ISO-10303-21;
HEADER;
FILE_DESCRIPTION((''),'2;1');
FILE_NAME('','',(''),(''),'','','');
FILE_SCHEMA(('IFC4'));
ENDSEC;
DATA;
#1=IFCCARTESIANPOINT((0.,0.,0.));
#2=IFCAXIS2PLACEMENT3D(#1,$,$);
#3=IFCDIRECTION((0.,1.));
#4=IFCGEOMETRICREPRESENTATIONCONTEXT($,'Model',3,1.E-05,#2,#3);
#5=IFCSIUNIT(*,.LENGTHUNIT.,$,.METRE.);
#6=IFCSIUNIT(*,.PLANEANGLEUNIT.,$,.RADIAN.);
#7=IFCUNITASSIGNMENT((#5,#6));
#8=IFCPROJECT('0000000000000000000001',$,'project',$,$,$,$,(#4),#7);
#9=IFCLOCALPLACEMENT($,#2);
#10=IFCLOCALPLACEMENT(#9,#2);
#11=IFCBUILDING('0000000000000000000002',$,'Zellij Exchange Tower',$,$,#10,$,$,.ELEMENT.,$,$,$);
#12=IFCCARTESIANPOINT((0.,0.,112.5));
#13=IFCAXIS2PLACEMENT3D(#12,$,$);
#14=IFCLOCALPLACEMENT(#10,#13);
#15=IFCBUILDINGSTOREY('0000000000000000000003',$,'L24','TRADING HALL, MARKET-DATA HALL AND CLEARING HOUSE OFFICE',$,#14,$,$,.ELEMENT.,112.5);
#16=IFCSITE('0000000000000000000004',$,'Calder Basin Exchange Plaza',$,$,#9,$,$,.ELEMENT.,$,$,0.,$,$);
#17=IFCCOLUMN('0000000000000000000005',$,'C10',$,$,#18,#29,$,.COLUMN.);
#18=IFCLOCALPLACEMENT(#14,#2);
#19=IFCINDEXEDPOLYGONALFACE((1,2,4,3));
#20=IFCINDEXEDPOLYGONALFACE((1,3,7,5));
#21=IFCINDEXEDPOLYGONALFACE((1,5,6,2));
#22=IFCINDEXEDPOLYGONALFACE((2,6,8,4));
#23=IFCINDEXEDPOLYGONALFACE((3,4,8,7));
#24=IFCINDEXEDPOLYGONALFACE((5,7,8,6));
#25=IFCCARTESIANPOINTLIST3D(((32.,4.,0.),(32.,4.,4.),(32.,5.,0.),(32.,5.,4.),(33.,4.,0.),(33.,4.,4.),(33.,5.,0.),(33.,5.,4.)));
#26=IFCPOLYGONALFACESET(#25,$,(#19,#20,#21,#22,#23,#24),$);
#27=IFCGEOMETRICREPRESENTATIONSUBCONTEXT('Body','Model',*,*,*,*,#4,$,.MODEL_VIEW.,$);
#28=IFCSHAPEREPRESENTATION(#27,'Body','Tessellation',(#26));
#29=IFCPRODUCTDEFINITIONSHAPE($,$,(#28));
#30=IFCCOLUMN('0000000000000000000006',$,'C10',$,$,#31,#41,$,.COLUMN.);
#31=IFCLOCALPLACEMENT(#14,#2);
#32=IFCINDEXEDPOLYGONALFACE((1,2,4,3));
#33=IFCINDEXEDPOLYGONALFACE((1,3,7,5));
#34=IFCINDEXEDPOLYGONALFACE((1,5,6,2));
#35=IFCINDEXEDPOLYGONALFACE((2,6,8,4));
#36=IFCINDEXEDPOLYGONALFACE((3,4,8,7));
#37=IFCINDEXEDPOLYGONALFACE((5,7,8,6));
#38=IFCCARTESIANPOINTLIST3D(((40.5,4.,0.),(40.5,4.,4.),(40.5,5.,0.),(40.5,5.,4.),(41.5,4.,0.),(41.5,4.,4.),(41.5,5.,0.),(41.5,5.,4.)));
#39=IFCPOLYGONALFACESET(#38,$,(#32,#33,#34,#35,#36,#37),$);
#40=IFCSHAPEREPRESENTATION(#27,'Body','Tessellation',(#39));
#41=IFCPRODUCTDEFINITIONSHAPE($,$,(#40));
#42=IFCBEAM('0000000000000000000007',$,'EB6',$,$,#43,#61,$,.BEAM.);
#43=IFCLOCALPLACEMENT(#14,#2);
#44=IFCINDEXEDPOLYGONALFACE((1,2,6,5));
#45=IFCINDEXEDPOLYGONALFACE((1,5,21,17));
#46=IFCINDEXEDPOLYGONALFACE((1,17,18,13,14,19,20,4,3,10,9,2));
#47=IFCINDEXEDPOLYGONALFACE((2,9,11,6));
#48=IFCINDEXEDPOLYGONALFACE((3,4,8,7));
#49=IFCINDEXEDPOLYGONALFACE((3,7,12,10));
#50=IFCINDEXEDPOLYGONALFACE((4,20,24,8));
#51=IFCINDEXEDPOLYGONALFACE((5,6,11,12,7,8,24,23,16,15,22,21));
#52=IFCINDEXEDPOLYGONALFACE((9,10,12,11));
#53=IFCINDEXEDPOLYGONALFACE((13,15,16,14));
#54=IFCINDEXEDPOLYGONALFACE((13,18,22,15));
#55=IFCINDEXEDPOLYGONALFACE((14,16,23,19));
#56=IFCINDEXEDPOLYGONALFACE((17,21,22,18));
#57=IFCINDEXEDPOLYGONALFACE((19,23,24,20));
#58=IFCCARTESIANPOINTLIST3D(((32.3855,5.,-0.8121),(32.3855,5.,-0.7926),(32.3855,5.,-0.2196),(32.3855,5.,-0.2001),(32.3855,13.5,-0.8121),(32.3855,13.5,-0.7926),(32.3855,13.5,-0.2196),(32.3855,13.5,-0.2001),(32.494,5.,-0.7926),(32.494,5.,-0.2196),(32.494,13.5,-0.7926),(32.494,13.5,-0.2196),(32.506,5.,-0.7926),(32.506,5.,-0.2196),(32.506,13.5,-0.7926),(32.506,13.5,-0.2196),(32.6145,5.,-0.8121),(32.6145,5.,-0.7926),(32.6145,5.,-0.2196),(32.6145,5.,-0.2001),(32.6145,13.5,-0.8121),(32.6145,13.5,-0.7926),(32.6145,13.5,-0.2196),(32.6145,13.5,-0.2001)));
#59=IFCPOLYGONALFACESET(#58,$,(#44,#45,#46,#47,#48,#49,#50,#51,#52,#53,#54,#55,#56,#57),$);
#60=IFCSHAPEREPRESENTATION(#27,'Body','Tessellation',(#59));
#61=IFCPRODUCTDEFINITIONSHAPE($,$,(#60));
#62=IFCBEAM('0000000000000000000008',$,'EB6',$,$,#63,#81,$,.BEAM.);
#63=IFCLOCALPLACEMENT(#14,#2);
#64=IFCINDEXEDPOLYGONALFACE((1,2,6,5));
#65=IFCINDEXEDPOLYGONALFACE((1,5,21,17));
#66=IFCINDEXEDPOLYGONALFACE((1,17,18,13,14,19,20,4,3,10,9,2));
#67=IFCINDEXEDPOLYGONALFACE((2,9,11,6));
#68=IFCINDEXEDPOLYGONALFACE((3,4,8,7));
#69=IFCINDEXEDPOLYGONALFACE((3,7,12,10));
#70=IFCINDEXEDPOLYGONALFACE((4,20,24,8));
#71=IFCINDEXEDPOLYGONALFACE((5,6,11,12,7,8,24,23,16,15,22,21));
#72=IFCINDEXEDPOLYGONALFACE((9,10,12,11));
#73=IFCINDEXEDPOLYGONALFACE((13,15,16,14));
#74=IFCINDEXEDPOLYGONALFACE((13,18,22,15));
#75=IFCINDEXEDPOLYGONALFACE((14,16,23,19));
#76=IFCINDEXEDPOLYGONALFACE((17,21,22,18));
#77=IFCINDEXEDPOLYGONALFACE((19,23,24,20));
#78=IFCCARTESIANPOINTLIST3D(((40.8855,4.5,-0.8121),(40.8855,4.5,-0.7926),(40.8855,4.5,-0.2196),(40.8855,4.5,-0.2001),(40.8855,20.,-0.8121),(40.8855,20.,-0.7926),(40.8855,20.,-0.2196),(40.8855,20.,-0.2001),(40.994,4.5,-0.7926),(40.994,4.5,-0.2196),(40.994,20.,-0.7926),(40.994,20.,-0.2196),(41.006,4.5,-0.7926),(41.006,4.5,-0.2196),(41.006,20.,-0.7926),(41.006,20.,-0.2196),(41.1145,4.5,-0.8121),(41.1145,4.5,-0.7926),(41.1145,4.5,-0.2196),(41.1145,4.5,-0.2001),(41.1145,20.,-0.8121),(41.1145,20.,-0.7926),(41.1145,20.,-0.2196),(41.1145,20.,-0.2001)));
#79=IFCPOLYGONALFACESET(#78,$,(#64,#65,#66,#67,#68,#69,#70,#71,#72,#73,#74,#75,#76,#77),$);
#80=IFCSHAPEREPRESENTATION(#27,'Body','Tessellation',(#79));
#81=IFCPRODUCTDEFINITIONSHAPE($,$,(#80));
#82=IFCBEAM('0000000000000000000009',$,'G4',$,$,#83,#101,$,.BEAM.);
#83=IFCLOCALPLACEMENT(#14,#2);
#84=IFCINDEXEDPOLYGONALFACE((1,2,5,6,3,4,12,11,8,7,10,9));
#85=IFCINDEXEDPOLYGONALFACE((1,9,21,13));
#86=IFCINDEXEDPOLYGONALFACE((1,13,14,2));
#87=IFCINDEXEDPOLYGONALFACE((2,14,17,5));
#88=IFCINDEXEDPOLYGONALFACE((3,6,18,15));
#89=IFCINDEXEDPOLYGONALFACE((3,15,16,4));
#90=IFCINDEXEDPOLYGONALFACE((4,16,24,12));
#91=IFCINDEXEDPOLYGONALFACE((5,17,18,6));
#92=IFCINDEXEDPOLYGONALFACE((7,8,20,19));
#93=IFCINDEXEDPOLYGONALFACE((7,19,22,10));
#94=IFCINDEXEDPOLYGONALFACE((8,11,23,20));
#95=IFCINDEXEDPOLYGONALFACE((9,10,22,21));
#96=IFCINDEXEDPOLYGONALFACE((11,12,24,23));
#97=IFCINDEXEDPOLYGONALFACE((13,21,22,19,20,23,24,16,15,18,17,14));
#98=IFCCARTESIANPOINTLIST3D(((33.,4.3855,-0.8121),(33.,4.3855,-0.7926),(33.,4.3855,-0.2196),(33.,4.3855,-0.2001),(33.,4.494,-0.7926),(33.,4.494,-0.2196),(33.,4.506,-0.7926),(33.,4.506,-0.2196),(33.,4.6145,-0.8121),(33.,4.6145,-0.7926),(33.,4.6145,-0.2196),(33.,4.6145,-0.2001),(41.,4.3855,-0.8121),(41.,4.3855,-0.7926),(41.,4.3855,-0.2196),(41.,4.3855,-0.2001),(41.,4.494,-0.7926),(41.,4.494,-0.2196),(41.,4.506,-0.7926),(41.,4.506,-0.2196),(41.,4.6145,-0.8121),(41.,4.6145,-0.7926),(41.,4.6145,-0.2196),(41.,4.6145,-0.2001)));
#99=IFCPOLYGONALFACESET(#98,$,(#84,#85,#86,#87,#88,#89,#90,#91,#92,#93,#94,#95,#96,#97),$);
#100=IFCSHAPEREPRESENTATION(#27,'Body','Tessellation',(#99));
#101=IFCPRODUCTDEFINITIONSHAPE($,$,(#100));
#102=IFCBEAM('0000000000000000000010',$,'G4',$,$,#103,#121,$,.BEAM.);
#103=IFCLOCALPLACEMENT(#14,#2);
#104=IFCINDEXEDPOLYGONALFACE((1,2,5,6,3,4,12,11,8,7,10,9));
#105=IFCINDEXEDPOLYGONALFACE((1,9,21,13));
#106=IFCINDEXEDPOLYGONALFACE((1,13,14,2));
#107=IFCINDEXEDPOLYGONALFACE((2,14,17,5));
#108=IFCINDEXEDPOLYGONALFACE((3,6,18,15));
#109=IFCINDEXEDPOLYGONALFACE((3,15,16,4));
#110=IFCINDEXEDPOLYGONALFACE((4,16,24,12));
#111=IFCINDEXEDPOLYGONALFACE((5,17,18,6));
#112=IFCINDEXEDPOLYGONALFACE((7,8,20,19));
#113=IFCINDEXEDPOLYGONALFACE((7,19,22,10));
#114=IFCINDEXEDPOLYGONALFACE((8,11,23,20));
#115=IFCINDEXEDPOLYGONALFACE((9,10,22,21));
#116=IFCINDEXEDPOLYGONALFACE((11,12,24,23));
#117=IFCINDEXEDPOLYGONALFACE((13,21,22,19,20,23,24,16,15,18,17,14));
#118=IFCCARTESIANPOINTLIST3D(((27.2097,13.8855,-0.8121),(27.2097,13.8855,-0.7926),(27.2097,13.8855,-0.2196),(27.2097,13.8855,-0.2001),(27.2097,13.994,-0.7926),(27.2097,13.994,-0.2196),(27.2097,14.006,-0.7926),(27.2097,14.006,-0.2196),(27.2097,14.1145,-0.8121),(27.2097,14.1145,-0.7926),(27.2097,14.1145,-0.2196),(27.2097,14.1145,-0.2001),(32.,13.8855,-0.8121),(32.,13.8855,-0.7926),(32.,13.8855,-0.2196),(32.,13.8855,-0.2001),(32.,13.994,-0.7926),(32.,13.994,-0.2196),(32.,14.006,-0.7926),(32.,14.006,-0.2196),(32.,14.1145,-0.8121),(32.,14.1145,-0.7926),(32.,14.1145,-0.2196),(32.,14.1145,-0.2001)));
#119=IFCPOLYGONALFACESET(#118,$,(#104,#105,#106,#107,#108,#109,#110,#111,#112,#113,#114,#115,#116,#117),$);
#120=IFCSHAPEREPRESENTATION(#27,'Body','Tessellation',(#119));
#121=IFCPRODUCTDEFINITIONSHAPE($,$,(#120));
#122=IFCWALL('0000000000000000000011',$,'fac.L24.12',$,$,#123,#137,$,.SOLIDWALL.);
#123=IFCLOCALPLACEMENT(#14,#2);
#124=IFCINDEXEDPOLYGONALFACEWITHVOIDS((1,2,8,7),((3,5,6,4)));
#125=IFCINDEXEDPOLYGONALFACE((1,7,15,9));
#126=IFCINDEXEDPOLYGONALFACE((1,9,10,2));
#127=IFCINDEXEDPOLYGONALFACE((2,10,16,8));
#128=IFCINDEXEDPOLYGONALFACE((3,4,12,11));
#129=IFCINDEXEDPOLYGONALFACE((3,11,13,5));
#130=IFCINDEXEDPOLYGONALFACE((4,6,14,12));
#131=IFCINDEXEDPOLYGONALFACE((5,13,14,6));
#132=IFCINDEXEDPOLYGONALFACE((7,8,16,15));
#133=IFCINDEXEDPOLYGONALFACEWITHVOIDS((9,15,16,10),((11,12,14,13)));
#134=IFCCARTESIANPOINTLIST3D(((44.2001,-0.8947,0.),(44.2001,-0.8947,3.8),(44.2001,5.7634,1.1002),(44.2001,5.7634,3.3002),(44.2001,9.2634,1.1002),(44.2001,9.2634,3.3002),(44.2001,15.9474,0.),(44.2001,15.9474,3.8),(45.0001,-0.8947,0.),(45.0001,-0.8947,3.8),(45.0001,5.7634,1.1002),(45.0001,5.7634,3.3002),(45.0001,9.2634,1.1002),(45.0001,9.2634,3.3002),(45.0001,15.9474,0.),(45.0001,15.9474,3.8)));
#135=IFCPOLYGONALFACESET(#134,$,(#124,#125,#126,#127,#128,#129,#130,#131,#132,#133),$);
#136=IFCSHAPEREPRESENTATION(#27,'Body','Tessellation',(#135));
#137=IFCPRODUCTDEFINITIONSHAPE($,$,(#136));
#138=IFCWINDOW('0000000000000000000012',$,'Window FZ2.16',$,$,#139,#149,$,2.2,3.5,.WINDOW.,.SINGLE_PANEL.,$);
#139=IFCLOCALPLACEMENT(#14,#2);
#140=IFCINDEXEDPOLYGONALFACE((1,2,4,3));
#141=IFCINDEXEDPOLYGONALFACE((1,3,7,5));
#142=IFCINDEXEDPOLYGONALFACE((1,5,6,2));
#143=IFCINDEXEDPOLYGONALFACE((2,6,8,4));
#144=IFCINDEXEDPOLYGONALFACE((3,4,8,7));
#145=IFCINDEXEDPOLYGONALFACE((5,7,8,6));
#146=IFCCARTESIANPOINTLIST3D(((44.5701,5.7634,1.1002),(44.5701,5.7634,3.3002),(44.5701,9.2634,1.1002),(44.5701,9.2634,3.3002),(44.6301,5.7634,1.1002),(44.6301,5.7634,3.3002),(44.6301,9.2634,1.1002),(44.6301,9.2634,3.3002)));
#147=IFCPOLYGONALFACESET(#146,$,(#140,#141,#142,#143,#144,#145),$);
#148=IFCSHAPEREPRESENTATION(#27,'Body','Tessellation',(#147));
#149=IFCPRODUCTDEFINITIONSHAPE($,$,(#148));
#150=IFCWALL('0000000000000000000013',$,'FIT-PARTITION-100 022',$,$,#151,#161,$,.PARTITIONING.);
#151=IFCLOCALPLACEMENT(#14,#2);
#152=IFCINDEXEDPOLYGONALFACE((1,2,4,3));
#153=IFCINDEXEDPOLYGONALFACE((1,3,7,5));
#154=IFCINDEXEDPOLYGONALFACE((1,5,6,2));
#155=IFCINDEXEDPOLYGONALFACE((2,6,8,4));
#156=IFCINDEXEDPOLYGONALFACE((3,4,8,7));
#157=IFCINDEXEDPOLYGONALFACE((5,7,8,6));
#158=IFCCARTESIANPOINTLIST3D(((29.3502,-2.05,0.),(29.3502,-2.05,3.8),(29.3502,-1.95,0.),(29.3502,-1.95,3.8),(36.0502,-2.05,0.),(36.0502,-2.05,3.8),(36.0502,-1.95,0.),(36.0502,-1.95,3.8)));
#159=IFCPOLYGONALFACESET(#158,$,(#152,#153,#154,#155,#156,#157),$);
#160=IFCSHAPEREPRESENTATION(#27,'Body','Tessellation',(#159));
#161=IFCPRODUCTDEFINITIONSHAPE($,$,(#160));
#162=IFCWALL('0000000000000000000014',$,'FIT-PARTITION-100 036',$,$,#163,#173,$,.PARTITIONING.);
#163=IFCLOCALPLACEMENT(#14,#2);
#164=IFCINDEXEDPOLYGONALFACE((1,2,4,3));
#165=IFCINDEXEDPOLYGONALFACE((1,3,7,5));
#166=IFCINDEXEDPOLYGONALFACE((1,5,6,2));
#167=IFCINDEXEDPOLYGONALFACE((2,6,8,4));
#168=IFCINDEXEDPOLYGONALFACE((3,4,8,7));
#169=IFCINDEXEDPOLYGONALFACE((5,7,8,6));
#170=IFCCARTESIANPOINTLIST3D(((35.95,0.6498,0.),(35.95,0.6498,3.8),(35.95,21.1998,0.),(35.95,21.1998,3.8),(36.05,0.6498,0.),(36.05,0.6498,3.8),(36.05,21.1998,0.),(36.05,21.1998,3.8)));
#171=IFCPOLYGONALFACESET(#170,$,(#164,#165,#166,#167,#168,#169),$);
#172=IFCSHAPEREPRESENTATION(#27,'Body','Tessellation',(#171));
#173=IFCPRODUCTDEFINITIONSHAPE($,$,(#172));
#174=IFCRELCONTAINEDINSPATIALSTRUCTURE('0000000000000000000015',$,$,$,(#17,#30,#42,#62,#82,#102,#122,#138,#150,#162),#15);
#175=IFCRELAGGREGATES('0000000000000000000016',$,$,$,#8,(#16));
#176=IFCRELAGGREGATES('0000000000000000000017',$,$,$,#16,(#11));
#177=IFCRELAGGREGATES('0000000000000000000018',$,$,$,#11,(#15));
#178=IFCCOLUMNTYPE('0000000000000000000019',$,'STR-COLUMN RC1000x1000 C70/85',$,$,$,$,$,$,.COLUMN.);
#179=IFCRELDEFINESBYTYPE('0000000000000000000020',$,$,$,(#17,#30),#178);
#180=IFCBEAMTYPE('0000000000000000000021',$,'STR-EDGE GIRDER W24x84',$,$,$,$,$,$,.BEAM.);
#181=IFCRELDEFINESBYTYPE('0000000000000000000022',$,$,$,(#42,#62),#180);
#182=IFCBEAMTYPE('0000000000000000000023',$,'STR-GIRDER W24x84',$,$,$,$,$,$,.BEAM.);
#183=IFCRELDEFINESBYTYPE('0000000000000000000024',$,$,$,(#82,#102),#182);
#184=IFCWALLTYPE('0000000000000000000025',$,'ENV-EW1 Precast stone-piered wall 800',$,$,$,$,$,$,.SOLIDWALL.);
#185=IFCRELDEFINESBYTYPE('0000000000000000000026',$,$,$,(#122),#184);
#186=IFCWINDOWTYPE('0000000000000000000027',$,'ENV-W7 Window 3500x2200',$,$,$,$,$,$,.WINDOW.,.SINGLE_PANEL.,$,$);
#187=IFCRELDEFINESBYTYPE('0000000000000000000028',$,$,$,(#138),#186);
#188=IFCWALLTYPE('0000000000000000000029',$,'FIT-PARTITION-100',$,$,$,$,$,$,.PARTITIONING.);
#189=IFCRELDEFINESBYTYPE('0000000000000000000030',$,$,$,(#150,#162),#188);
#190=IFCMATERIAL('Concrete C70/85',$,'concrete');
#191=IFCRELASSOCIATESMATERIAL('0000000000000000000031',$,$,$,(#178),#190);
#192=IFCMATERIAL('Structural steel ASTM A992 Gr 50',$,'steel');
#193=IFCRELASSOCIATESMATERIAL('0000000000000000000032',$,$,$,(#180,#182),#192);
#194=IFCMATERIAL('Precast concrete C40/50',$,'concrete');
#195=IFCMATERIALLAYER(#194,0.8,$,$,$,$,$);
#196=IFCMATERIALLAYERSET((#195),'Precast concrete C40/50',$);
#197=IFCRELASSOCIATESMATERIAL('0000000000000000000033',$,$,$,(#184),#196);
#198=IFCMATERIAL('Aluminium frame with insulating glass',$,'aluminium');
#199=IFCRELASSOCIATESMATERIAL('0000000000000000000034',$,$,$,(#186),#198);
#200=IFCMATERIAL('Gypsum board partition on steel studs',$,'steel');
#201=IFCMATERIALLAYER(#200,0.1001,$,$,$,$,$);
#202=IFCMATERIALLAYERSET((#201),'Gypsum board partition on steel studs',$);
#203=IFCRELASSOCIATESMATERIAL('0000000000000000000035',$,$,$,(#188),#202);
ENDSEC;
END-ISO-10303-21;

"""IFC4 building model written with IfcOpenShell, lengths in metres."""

from ifc_helpers import new_model, si_unit, direction, frame, frame_2d, origin, origin_2d, place, context, subcontext, project, spatial, rectangle, i_section, extrude, material, layer, layer_set, material_profile, profile_set, type_object, element, fill, save


model = new_model("IFC4")

# Units and contexts
model_context = context("Model", 3, precision=1e-05, world=origin(), true_north=direction((0.0, 1.0)))
body_context = subcontext(model_context, "Body", "Model", "MODEL_VIEW")
ifc_project = project(units=[si_unit("LENGTHUNIT", "METRE"), si_unit("PLANEANGLEUNIT", "RADIAN")], contexts=[model_context])

# Site, building, storey
site_placement = place(None, origin())
site = spatial("IfcSite", under=ifc_project, at=site_placement, Name="Calder Basin Exchange Plaza", CompositionType="ELEMENT", RefElevation=0.0)
building_placement = place(site_placement, origin())
building = spatial("IfcBuilding", under=site, at=building_placement, Name="Zellij Exchange Tower", CompositionType="ELEMENT")
storey_placement = place(building_placement, frame((0.0, 0.0, 112.5)))
storey = spatial("IfcBuildingStorey", under=building, at=storey_placement, Name="L24", Description="TRADING HALL, MARKET-DATA HALL AND CLEARING HOUSE OFFICE", CompositionType="ELEMENT", Elevation=112.5)

# Columns
ifc_material_1 = material(Name="Concrete C70/85", Category="concrete")
ifc_material_profile_1 = material_profile(ifc_material_1, rectangle(XDim=1.0, YDim=1.0, at=origin_2d()), Name="STR-COLUMN RC1000x1000 C70/85")
ifc_profile_set_1 = profile_set([ifc_material_profile_1], Name="Concrete C70/85")
column_type = type_object("IfcColumnType", Name="STR-COLUMN RC1000x1000 C70/85", PredefinedType="COLUMN", material=ifc_profile_set_1)
for number, where, z_axis, x_axis, name in (
    (1, (32.5, 4.5, 0.0), (0.0, 0.0, 1.0), (1.0, 0.0, 0.0), "C10"),
    (2, (41.0, 4.5, 0.0), (0.0, 0.0, 1.0), (1.0, 0.0, 0.0), "C10"),
):
    element("IfcColumn", number, at=place(storey_placement, frame(where, z_axis=z_axis, x_axis=x_axis)), inside=storey, type_object=column_type, Name=name, PredefinedType="COLUMN", context=body_context, shape_type="SweptSolid", body=[
        extrude(rectangle(XDim=1.0, YDim=1.0, at=origin_2d()), origin(), (0.0, 0.0, 1.0), 4.0),
    ])

# Beams
ifc_material_2 = material(Name="Structural steel ASTM A992 Gr 50", Category="steel")
ifc_material_profile_2 = material_profile(ifc_material_2, i_section(OverallWidth=0.229, OverallDepth=0.6121, WebThickness=0.012, FlangeThickness=0.0195, at=origin_2d()), Name="W24x84")
ifc_profile_set_2 = profile_set([ifc_material_profile_2], Name="Structural steel ASTM A992 Gr 50")
beam_type_1 = type_object("IfcBeamType", Name="STR-EDGE GIRDER W24x84", PredefinedType="BEAM", material=ifc_profile_set_2)
beam_1_placement = place(storey_placement, frame((32.5, 5.0, -0.5061), z_axis=(0.0, 1.0, 0.0), x_axis=(-1.0, 0.0, 0.0)))
element("IfcBeam", 3, at=beam_1_placement, inside=storey, type_object=beam_type_1, Name="EB6", PredefinedType="BEAM", context=body_context, shape_type="SweptSolid", body=[
    extrude(i_section(OverallWidth=0.229, OverallDepth=0.6121, WebThickness=0.012, FlangeThickness=0.0195, at=origin_2d()), origin(), (0.0, 0.0, 1.0), 8.5),
])
beam_2_placement = place(storey_placement, frame((41.0, 4.5, -0.5061), z_axis=(0.0, 1.0, 0.0), x_axis=(-1.0, 0.0, 0.0)))
element("IfcBeam", 4, at=beam_2_placement, inside=storey, type_object=beam_type_1, Name="EB6", PredefinedType="BEAM", context=body_context, shape_type="SweptSolid", body=[
    extrude(i_section(OverallWidth=0.229, OverallDepth=0.6121, WebThickness=0.012, FlangeThickness=0.0195, at=origin_2d()), origin(), (0.0, 0.0, 1.0), 15.5),
])
ifc_material_profile_3 = material_profile(ifc_material_2, i_section(OverallWidth=0.229, OverallDepth=0.6121, WebThickness=0.012, FlangeThickness=0.0195, at=origin_2d()), Name="W24x84")
ifc_profile_set_3 = profile_set([ifc_material_profile_3], Name="Structural steel ASTM A992 Gr 50")
beam_type_2 = type_object("IfcBeamType", Name="STR-GIRDER W24x84", PredefinedType="BEAM", material=ifc_profile_set_3)
beam_3_placement = place(storey_placement, frame((33.0, 4.5, -0.5061), z_axis=(1.0, 0.0, 0.0), x_axis=(0.0, 1.0, 0.0)))
element("IfcBeam", 5, at=beam_3_placement, inside=storey, type_object=beam_type_2, Name="G4", PredefinedType="BEAM", context=body_context, shape_type="SweptSolid", body=[
    extrude(i_section(OverallWidth=0.229, OverallDepth=0.6121, WebThickness=0.012, FlangeThickness=0.0195, at=origin_2d()), origin(), (0.0, 0.0, 1.0), 8.0),
])
beam_4_placement = place(storey_placement, frame((27.2097, 14.0, -0.5061), z_axis=(1.0, 0.0, 0.0), x_axis=(0.0, 1.0, 0.0)))
element("IfcBeam", 6, at=beam_4_placement, inside=storey, type_object=beam_type_2, Name="G4", PredefinedType="BEAM", context=body_context, shape_type="SweptSolid", body=[
    extrude(i_section(OverallWidth=0.229, OverallDepth=0.6121, WebThickness=0.012, FlangeThickness=0.0195, at=origin_2d()), origin(), (0.0, 0.0, 1.0), 4.7903),
])

# Wall, opening, window
ifc_material_3 = material(Name="Precast concrete C40/50", Category="concrete")
ifc_layer_1 = layer(ifc_material_3, 0.8)
ifc_layer_set_1 = layer_set([ifc_layer_1], Name="Precast concrete C40/50")
wall_type_1 = type_object("IfcWallType", Name="ENV-EW1 Precast stone-piered wall 800", PredefinedType="SOLIDWALL", material=ifc_layer_set_1)
wall_1_placement = place(storey_placement, frame((44.6001, -0.8945, 0.0), z_axis=(0.0, 0.0, 1.0), x_axis=(0.0, 1.0, 0.0)))
wall_1 = element("IfcWall", 7, at=wall_1_placement, inside=storey, type_object=wall_type_1, Name="fac.L24.12", PredefinedType="SOLIDWALL", context=body_context, shape_type="SweptSolid", body=[
    extrude(rectangle(XDim=16.842, YDim=0.8, at=frame_2d((8.4209, 0.0))), origin(), (0.0, 0.0, 1.0), 3.8),
])
opening_1_placement = place(wall_1_placement, frame((6.658, 0.0, 1.1001)))
opening_1 = element("IfcOpeningElement", 8, at=opening_1_placement, cuts=wall_1, PredefinedType="OPENING", context=body_context, shape_type="SweptSolid", body=[
    extrude(rectangle(XDim=3.5, YDim=2.2, at=frame_2d((1.75, 1.1001))), frame((0.0, 0.4121, 0.0), z_axis=(0.0, -1.0, 0.0), x_axis=(1.0, 0.0, 0.0)), (0.0, 0.0, 1.0), 0.824),
])
ifc_material_4 = material(Name="Aluminium frame with insulating glass", Category="aluminium")
window_type = type_object("IfcWindowType", Name="ENV-W7 Window 3500x2200", PartitioningType="SINGLE_PANEL", PredefinedType="WINDOW", material=ifc_material_4)
window_placement = place(opening_1_placement, origin())
window = element("IfcWindow", 9, at=window_placement, inside=storey, type_object=window_type, Name="Window FZ2.16", OverallHeight=2.2, OverallWidth=3.5, PartitioningType="SINGLE_PANEL", PredefinedType="WINDOW", context=body_context, shape_type="SweptSolid", body=[
    extrude(rectangle(XDim=3.5, YDim=2.2, at=frame_2d((1.75, 1.1001))), frame((0.0, 0.03, 0.0), z_axis=(0.0, -1.0, 0.0), x_axis=(1.0, 0.0, 0.0)), (0.0, 0.0, 1.0), 0.0601),
])
fill(opening_1, window)

# Walls
ifc_material_5 = material(Name="Gypsum board partition on steel studs", Category="steel")
ifc_layer_2 = layer(ifc_material_5, 0.1001)
ifc_layer_set_2 = layer_set([ifc_layer_2], Name="Gypsum board partition on steel studs")
wall_type_2 = type_object("IfcWallType", Name="FIT-PARTITION-100", PredefinedType="PARTITIONING", material=ifc_layer_set_2)
wall_2_placement = place(storey_placement, frame((29.3501, -2.0, 0.0), z_axis=(0.0, 0.0, 1.0), x_axis=(1.0, 0.0, 0.0)))
element("IfcWall", 10, at=wall_2_placement, inside=storey, type_object=wall_type_2, Name="FIT-PARTITION-100 022", PredefinedType="PARTITIONING", context=body_context, shape_type="SweptSolid", body=[
    extrude(rectangle(XDim=6.7, YDim=0.1001, at=frame_2d((3.3501, 0.0))), origin(), (0.0, 0.0, 1.0), 3.8),
])
wall_3_placement = place(storey_placement, frame((36.0, 0.6499, 0.0), z_axis=(0.0, 0.0, 1.0), x_axis=(0.0, 1.0, 0.0)))
element("IfcWall", 11, at=wall_3_placement, inside=storey, type_object=wall_type_2, Name="FIT-PARTITION-100 036", PredefinedType="PARTITIONING", context=body_context, shape_type="SweptSolid", body=[
    extrude(rectangle(XDim=20.55, YDim=0.1001, at=frame_2d((10.2749, 0.0))), origin(), (0.0, 0.0, 1.0), 3.8),
])

save(model, "model.ifc")
